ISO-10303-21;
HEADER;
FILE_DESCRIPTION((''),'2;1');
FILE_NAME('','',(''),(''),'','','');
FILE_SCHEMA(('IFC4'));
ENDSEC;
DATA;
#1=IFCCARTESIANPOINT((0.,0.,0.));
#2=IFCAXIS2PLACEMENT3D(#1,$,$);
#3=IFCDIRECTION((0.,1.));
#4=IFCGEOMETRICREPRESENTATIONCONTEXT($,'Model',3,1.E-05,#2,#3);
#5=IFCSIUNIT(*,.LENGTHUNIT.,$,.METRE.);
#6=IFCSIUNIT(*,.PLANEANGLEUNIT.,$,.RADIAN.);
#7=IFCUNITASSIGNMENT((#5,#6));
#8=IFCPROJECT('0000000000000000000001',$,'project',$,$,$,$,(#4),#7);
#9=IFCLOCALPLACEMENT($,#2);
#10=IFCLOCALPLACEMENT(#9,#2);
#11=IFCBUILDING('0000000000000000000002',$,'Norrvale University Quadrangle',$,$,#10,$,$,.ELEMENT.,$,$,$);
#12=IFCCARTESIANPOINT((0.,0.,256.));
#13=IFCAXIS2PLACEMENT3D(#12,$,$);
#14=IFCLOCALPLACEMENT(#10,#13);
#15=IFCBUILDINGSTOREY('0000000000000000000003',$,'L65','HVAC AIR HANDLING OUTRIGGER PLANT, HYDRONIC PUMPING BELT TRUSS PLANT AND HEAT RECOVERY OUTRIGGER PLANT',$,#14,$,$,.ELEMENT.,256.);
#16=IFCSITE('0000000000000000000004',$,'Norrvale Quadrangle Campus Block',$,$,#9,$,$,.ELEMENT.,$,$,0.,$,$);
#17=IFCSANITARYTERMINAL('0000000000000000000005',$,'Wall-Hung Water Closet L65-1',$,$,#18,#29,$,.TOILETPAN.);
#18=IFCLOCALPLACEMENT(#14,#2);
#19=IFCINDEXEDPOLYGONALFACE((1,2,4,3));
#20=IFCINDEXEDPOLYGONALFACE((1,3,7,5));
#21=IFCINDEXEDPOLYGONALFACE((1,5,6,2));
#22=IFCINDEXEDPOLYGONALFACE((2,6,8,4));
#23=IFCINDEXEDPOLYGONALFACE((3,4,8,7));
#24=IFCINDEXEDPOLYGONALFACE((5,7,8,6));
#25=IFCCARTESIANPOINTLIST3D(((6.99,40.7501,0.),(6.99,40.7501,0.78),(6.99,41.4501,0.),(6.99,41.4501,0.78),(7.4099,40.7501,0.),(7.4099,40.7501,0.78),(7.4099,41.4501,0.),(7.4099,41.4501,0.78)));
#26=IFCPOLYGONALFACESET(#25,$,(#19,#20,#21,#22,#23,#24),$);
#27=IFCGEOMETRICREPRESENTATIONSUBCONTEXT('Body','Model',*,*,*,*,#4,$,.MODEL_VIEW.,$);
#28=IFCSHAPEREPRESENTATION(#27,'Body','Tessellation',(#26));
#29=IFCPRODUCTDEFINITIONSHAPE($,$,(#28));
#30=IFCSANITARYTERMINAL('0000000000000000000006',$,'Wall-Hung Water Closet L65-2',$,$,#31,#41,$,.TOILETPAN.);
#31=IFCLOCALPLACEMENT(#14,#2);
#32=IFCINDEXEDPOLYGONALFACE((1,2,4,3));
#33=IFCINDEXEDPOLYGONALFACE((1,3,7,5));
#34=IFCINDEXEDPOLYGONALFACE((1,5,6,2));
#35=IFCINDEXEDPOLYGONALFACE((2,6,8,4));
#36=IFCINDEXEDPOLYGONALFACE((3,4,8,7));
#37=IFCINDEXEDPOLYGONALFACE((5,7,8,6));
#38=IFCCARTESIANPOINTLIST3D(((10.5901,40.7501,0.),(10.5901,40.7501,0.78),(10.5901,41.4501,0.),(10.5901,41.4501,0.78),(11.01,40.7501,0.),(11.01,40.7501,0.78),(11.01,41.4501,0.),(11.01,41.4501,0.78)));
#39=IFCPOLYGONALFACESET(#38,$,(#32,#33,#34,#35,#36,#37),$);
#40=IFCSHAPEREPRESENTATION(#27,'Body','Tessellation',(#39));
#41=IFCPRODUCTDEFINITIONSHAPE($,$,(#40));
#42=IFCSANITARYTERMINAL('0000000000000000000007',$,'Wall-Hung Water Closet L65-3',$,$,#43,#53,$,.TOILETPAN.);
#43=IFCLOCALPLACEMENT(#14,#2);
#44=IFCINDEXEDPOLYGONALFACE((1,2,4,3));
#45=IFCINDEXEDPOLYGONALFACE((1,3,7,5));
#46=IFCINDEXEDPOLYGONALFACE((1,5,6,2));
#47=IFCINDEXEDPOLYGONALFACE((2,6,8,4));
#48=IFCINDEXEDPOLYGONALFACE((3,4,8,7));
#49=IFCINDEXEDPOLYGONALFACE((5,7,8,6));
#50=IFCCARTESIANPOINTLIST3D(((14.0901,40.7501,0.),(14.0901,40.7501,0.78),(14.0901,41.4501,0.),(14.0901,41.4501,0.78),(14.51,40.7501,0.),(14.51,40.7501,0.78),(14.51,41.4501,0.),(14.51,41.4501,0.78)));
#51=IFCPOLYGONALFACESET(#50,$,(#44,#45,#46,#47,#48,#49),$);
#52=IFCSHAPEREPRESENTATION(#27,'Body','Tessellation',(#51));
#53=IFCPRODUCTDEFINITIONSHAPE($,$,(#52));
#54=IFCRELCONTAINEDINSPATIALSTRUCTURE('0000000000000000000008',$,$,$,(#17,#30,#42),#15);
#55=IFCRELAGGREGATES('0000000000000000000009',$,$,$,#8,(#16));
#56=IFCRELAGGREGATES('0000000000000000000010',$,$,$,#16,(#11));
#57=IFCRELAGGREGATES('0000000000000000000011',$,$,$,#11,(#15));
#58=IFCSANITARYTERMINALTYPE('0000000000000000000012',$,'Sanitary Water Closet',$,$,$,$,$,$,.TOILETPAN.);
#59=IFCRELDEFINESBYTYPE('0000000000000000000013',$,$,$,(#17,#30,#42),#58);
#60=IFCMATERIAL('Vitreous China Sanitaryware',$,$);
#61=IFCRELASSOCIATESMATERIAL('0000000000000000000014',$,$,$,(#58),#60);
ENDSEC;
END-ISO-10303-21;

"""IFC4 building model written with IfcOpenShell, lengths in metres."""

from ifc_helpers import new_model, si_unit, direction, frame, origin, origin_2d, place, context, subcontext, project, spatial, rectangle, extrude, material, type_object, element, save


model = new_model("IFC4")

# Units and contexts
model_context = context("Model", 3, precision=1e-05, world=origin(), true_north=direction((0.0, 1.0)))
body_context = subcontext(model_context, "Body", "Model", "MODEL_VIEW")
ifc_project = project(units=[si_unit("LENGTHUNIT", "METRE"), si_unit("PLANEANGLEUNIT", "RADIAN")], contexts=[model_context])

# Site, building, storey
site_placement = place(None, origin())
site = spatial("IfcSite", under=ifc_project, at=site_placement, Name="Norrvale Quadrangle Campus Block", CompositionType="ELEMENT", RefElevation=0.0)
building_placement = place(site_placement, origin())
building = spatial("IfcBuilding", under=site, at=building_placement, Name="Norrvale University Quadrangle", CompositionType="ELEMENT")
storey_placement = place(building_placement, frame((0.0, 0.0, 256.0)))
storey = spatial("IfcBuildingStorey", under=building, at=storey_placement, Name="L65", Description="HVAC AIR HANDLING OUTRIGGER PLANT, HYDRONIC PUMPING BELT TRUSS PLANT AND HEAT RECOVERY OUTRIGGER PLANT", CompositionType="ELEMENT", Elevation=256.0)

# Sanitary terminals
ifc_material_1 = material(Name="Vitreous China Sanitaryware")
sanitary_terminal_type_1 = type_object("IfcSanitaryTerminalType", Name="Sanitary Water Closet", PredefinedType="TOILETPAN", material=ifc_material_1)
for number, where, z_axis, x_axis, name in (
    (1, (7.2, 41.1001, 0.0), (0.0, 0.0, 1.0), (1.0, 0.0, 0.0), "Wall-Hung Water Closet L65-1"),
    (2, (10.8, 41.1001, 0.0), (0.0, 0.0, 1.0), (1.0, 0.0, 0.0), "Wall-Hung Water Closet L65-2"),
    (3, (14.3, 41.1001, 0.0), (0.0, 0.0, 1.0), (1.0, 0.0, 0.0), "Wall-Hung Water Closet L65-3"),
):
    element("IfcSanitaryTerminal", number, at=place(storey_placement, frame(where, z_axis=z_axis, x_axis=x_axis)), inside=storey, type_object=sanitary_terminal_type_1, Name=name, PredefinedType="TOILETPAN", context=body_context, shape_type="SweptSolid", body=[
        extrude(rectangle(XDim=0.4199, YDim=0.7, at=origin_2d()), origin(), (0.0, 0.0, 1.0), 0.78),
    ])

save(model, "model.ifc")
